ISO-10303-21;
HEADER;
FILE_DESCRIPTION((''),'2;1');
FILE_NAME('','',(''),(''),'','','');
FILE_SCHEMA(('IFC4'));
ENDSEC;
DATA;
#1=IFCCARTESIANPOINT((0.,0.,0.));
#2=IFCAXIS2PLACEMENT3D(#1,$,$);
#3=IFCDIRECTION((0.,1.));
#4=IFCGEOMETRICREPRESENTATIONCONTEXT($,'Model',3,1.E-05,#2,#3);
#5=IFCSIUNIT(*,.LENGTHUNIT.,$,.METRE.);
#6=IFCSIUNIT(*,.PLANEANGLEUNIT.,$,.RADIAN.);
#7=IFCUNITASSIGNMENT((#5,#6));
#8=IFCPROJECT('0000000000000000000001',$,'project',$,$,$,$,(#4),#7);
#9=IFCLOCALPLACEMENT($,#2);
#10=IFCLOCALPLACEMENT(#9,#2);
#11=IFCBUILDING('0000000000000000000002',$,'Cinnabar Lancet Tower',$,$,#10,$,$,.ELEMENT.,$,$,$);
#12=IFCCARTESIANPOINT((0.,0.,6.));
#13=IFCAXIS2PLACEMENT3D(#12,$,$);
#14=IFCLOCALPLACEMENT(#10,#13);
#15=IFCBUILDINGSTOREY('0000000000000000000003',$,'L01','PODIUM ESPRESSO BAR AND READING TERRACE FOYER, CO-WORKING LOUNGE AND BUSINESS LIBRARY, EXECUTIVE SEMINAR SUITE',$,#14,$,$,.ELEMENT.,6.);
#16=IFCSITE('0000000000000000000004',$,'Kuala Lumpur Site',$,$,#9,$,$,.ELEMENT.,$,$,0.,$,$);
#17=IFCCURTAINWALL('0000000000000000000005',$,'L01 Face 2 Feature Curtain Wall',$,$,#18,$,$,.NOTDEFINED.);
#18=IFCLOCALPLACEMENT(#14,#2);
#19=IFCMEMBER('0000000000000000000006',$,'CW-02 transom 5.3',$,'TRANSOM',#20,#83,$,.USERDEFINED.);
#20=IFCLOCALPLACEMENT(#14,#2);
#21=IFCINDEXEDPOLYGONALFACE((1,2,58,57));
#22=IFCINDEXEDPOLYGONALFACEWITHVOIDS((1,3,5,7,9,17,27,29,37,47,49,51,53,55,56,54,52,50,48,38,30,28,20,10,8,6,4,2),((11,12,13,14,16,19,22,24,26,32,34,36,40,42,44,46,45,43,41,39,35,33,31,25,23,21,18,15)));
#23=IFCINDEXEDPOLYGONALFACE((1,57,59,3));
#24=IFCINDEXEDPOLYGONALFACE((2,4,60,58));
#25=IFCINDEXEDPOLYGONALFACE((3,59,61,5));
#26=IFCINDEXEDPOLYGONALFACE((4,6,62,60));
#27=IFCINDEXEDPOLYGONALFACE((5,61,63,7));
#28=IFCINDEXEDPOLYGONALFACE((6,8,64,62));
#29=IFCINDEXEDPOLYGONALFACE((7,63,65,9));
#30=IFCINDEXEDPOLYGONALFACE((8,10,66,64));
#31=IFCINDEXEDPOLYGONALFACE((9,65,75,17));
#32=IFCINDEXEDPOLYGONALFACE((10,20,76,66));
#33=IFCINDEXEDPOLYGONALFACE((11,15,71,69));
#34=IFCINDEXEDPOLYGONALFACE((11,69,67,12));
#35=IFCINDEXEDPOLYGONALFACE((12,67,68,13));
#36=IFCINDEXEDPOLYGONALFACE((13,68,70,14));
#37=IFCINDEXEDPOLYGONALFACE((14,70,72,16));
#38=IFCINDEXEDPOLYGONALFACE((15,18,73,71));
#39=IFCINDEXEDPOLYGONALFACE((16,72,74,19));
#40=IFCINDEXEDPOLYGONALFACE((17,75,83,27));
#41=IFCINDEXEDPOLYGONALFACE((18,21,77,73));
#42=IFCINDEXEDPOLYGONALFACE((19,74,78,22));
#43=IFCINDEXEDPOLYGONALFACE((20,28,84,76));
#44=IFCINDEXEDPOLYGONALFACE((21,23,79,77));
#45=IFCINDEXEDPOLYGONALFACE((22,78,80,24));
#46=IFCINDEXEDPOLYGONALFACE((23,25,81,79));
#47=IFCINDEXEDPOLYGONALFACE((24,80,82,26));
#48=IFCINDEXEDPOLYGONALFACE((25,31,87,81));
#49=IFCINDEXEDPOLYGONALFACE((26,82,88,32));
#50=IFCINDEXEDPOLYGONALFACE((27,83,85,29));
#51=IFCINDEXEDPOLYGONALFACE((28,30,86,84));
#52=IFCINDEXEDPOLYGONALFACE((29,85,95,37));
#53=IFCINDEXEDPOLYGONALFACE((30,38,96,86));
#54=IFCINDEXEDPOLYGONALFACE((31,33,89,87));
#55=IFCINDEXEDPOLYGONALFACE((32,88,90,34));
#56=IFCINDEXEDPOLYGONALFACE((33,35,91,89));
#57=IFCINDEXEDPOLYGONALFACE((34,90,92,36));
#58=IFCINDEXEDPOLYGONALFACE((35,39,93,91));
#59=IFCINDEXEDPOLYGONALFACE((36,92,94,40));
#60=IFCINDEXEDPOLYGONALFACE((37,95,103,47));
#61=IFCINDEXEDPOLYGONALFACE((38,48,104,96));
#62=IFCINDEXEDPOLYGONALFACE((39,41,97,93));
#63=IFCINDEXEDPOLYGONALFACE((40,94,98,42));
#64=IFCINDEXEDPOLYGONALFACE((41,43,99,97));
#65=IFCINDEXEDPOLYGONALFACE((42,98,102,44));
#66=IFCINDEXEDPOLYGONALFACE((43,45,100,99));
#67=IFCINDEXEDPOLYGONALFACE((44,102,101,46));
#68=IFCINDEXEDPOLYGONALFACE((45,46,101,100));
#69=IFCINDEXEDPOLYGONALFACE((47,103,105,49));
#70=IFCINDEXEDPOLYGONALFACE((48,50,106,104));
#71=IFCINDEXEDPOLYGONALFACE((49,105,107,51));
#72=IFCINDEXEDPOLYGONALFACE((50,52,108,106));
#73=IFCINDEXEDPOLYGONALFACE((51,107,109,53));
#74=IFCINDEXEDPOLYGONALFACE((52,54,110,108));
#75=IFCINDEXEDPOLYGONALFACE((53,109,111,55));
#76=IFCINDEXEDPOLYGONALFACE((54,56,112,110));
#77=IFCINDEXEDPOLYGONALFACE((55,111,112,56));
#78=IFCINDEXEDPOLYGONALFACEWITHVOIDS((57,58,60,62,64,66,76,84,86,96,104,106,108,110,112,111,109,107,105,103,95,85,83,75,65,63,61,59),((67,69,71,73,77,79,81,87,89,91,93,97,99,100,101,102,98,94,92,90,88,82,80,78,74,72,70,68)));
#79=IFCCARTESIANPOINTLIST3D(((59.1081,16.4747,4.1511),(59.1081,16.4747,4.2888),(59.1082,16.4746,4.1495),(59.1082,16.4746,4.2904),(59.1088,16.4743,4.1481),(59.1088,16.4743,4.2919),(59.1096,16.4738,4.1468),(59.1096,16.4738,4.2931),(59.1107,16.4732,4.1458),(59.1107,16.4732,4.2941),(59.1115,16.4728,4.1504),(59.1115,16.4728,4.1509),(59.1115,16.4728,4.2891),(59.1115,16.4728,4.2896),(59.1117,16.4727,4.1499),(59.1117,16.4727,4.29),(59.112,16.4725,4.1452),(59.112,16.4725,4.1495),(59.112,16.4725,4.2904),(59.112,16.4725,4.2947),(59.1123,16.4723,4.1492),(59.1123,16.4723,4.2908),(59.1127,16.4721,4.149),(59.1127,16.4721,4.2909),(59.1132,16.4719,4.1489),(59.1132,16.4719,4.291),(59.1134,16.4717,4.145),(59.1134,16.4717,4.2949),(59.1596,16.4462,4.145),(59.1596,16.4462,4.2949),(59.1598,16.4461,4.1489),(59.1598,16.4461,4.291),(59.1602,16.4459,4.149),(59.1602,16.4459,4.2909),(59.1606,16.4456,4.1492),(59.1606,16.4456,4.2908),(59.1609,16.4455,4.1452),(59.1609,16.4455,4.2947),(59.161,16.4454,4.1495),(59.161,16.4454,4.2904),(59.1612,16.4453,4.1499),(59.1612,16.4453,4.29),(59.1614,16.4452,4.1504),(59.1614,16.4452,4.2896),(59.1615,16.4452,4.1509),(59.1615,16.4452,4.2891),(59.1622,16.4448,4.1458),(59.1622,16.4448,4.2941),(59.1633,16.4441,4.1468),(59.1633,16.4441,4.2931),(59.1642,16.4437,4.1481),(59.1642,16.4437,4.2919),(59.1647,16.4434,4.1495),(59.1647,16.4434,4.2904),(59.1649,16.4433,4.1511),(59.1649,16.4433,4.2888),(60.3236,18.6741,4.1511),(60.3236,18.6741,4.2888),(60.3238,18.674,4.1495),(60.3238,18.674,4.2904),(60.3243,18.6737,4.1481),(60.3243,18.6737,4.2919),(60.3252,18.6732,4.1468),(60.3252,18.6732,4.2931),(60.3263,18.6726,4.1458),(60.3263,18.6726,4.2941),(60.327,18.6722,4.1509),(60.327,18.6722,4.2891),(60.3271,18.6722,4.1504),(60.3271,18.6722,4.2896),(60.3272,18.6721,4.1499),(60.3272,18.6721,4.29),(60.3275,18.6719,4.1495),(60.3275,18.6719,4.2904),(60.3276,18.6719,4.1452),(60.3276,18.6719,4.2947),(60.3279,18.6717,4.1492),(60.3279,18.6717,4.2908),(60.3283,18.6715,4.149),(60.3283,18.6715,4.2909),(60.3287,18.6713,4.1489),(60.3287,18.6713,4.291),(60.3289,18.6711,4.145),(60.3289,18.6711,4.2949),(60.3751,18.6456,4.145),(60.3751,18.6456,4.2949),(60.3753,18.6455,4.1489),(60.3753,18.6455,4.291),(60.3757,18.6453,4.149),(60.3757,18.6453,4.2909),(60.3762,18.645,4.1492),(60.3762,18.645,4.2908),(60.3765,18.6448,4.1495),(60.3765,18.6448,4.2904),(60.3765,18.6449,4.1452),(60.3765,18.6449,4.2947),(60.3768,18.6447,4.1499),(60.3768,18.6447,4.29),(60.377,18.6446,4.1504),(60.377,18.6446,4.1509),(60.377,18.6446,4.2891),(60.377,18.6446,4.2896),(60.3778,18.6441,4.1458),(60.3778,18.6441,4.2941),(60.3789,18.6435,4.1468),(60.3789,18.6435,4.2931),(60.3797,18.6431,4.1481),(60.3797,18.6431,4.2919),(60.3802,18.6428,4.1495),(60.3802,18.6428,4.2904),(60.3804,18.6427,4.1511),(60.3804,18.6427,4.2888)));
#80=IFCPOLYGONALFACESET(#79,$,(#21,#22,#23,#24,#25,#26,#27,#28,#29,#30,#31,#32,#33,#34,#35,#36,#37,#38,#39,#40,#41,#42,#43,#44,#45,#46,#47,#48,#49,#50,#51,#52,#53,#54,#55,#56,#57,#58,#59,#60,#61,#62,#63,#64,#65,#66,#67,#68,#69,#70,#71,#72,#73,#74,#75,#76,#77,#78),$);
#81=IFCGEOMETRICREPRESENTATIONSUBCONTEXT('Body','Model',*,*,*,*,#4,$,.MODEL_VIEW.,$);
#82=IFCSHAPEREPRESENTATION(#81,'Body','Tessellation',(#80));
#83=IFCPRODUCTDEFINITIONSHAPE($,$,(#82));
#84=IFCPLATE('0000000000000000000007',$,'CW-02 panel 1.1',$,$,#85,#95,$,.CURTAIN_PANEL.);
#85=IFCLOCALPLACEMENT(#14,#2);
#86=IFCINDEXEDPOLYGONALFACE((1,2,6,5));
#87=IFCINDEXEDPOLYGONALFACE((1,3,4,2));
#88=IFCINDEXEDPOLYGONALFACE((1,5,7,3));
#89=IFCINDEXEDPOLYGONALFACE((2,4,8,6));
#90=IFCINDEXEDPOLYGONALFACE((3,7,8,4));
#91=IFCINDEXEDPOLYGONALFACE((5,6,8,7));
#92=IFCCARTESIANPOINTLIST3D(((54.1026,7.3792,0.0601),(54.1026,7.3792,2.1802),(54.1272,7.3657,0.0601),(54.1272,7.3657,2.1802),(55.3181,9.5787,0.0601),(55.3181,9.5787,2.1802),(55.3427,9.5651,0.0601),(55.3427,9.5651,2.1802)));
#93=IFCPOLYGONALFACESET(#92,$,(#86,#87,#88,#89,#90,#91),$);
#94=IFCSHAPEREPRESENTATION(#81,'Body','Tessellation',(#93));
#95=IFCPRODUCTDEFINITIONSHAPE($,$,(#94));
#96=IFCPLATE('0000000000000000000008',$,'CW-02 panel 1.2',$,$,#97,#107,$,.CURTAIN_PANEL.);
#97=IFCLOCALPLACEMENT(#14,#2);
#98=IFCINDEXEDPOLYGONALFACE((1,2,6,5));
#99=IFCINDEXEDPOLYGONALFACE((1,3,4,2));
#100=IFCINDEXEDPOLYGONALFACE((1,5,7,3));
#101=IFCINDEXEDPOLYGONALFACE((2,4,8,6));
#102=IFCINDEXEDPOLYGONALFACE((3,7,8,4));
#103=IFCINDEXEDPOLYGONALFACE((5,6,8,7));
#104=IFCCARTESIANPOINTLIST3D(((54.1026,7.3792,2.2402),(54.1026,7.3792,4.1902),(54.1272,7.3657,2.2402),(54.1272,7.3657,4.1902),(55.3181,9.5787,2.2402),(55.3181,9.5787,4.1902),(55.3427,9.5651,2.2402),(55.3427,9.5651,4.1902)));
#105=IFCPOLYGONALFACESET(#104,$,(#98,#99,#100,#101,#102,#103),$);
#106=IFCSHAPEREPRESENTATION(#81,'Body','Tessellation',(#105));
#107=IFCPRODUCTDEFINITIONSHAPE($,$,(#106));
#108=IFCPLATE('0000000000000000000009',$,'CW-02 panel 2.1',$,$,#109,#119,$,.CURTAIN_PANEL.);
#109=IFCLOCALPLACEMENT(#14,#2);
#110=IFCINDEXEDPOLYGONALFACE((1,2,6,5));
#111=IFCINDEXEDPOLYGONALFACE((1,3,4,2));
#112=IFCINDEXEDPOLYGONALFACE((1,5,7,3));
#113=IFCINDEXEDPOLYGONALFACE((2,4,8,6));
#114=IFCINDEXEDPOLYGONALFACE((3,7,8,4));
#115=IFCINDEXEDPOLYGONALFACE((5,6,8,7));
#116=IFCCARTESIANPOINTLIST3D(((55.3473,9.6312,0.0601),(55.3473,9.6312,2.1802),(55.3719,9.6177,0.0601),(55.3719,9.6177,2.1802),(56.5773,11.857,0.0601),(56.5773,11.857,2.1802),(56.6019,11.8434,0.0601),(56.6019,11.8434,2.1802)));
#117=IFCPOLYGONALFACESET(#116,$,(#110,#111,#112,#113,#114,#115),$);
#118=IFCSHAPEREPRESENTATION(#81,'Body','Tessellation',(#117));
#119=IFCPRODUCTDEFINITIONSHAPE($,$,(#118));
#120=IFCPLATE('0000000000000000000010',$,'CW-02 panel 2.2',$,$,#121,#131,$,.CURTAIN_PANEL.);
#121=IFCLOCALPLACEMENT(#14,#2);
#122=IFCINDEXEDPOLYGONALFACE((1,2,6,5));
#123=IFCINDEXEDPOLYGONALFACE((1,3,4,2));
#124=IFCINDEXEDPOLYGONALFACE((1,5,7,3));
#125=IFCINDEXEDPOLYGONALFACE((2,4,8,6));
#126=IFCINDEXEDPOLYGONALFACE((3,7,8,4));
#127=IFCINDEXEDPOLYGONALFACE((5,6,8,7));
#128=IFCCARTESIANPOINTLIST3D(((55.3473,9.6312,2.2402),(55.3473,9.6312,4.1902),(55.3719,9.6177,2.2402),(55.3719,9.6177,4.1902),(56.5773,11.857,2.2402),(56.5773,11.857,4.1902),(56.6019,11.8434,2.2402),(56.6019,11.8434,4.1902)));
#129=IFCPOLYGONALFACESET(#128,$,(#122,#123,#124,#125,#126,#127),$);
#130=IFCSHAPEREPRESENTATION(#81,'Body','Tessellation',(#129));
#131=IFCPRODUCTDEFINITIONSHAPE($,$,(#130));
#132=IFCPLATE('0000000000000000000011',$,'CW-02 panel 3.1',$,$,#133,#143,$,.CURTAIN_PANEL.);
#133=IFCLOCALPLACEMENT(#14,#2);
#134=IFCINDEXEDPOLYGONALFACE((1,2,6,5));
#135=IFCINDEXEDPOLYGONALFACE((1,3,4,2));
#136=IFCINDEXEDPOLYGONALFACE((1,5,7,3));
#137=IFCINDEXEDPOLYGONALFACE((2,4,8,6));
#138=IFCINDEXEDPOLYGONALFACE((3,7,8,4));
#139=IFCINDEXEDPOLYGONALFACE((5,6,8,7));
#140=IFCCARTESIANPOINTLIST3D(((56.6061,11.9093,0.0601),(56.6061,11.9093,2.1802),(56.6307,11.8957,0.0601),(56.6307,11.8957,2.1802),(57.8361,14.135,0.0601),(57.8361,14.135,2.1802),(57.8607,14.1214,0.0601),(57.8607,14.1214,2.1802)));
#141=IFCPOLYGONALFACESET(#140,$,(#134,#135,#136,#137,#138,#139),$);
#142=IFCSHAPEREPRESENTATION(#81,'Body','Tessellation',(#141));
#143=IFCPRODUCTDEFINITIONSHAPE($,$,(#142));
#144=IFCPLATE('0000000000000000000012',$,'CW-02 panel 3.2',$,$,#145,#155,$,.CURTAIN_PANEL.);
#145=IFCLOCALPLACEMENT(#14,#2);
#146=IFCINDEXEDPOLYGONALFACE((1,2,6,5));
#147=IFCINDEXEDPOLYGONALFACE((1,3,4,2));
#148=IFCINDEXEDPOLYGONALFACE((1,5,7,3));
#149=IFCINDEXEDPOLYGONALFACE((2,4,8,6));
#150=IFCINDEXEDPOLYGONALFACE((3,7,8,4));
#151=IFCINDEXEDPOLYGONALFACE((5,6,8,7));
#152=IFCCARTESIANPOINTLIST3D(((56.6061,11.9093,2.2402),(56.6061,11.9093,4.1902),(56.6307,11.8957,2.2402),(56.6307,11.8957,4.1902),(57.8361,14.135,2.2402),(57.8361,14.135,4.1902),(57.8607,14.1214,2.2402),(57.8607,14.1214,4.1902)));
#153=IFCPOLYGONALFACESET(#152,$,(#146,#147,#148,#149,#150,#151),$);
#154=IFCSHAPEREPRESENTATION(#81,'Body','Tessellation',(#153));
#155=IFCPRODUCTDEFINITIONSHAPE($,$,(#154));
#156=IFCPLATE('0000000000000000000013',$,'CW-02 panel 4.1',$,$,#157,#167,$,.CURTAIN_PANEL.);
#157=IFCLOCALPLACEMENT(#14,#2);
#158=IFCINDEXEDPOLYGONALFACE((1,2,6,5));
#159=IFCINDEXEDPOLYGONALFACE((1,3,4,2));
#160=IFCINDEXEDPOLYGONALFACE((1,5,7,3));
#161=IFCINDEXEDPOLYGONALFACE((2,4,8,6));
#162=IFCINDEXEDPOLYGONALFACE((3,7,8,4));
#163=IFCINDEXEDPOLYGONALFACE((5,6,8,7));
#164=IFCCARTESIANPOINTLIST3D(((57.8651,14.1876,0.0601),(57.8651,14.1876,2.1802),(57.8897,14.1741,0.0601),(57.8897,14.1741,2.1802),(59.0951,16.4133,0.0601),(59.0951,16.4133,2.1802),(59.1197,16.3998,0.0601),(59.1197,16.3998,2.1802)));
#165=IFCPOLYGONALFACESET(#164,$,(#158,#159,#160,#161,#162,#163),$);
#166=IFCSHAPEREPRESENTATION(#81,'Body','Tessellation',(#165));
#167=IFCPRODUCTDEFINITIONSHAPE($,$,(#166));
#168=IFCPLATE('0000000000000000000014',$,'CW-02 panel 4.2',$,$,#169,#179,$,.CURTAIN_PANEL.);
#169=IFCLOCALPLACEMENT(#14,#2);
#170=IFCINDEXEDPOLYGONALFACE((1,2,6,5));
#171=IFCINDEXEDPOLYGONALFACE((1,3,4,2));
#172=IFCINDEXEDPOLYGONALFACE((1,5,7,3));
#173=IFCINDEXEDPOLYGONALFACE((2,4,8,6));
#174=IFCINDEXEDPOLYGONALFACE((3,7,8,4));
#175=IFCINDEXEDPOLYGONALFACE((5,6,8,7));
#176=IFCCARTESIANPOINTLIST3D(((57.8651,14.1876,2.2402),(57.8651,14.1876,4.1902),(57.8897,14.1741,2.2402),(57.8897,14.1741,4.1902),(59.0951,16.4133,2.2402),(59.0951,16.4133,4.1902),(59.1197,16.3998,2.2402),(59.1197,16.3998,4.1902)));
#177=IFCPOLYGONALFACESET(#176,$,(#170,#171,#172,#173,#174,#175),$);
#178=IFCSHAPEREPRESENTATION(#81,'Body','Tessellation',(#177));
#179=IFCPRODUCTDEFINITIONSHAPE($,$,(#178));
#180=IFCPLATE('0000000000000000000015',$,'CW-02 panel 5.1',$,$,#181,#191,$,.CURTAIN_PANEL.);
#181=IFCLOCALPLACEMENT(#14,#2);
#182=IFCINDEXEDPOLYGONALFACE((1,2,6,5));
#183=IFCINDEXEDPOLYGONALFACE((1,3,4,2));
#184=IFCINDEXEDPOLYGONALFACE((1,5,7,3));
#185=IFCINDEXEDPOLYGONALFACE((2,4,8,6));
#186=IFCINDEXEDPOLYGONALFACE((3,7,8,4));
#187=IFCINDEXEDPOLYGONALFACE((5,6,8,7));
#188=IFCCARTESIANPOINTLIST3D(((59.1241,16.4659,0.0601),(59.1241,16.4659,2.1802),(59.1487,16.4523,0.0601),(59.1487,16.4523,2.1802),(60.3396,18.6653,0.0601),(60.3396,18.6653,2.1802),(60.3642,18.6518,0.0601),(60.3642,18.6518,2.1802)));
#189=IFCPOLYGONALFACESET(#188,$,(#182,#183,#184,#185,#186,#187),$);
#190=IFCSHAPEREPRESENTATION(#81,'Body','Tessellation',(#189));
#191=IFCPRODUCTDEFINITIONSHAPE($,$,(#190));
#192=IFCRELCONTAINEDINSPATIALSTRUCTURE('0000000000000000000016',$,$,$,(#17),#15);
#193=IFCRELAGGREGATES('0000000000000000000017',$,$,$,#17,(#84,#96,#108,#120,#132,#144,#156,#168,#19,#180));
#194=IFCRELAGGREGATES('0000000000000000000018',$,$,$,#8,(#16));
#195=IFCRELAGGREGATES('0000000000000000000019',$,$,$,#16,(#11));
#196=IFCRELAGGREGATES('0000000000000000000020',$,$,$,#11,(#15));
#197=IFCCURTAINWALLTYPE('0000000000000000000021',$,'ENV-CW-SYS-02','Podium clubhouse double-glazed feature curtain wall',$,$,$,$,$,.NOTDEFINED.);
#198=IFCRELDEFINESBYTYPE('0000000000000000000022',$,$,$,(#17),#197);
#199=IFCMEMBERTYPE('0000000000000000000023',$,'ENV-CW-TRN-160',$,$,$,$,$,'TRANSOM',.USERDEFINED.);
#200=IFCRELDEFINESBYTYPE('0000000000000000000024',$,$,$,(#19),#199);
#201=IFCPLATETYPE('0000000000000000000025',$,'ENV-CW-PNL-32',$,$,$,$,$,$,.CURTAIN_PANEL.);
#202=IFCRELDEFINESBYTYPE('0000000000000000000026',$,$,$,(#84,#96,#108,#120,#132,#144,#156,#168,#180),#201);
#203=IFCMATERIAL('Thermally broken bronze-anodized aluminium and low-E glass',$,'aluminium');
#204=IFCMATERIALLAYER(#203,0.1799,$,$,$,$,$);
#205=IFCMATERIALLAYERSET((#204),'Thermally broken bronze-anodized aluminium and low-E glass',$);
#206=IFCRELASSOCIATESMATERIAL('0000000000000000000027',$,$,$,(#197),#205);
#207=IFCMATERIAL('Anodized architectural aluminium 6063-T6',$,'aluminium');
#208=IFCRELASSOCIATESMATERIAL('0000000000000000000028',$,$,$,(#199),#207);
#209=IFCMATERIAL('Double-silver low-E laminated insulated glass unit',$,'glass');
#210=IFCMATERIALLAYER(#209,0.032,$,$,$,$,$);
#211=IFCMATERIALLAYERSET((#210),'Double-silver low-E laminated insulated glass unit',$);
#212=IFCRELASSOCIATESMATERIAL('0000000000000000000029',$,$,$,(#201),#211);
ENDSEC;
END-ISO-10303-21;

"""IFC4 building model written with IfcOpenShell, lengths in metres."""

from ifc_helpers import new_model, si_unit, direction, frame, origin, origin_2d, place, context, subcontext, project, spatial, rectangle, hollow_rectangle, extrude, material, layer, layer_set, material_profile, profile_set, type_object, element, aggregate, save


model = new_model("IFC4")

# Units and contexts
model_context = context("Model", 3, precision=1e-05, world=origin(), true_north=direction((0.0, 1.0)))
body_context = subcontext(model_context, "Body", "Model", "MODEL_VIEW")
ifc_project = project(units=[si_unit("LENGTHUNIT", "METRE"), si_unit("PLANEANGLEUNIT", "RADIAN")], contexts=[model_context])

# Site, building, storey
site_placement = place(None, origin())
site = spatial("IfcSite", under=ifc_project, at=site_placement, Name="Kuala Lumpur Site", CompositionType="ELEMENT", RefElevation=0.0)
building_placement = place(site_placement, origin())
building = spatial("IfcBuilding", under=site, at=building_placement, Name="Cinnabar Lancet Tower", CompositionType="ELEMENT")
storey_placement = place(building_placement, frame((0.0, 0.0, 6.0)))
storey = spatial("IfcBuildingStorey", under=building, at=storey_placement, Name="L01", Description="PODIUM ESPRESSO BAR AND READING TERRACE FOYER, CO-WORKING LOUNGE AND BUSINESS LIBRARY, EXECUTIVE SEMINAR SUITE", CompositionType="ELEMENT", Elevation=6.0)

# Curtain wall, member, plates
ifc_material_1 = material(Name="Thermally broken bronze-anodized aluminium and low-E glass", Category="aluminium")
ifc_layer_1 = layer(ifc_material_1, 0.1799)
ifc_layer_set_1 = layer_set([ifc_layer_1], Name="Thermally broken bronze-anodized aluminium and low-E glass")
curtain_wall_type = type_object("IfcCurtainWallType", Name="ENV-CW-SYS-02", Description="Podium clubhouse double-glazed feature curtain wall", PredefinedType="NOTDEFINED", material=ifc_layer_set_1)
curtain_wall_placement = place(storey_placement, origin())
curtain_wall = element("IfcCurtainWall", 1, at=curtain_wall_placement, inside=storey, type_object=curtain_wall_type, Name="L01 Face 2 Feature Curtain Wall", PredefinedType="NOTDEFINED")
ifc_material_2 = material(Name="Anodized architectural aluminium 6063-T6", Category="aluminium")
ifc_material_profile_1 = material_profile(ifc_material_2, hollow_rectangle(XDim=0.0649, YDim=0.1499, WallThickness=0.0039, InnerFilletRadius=0.002, OuterFilletRadius=0.0061, at=origin_2d()), Name="CW-TRN 150x65x4")
ifc_profile_set_1 = profile_set([ifc_material_profile_1], Name="Anodized architectural aluminium 6063-T6")
member_type_1 = type_object("IfcMemberType", Name="ENV-CW-TRN-160", ElementType="TRANSOM", PredefinedType="USERDEFINED", material=ifc_profile_set_1)
member_1_placement = place(storey_placement, frame((59.1365, 16.459, 4.22), z_axis=(0.483712, 0.875227, 0.0), x_axis=(-0.875227, 0.483712, 0.0)))
member_1 = element("IfcMember", 2, at=member_1_placement, type_object=member_type_1, Name="CW-02 transom 5.3", ObjectType="TRANSOM", PredefinedType="USERDEFINED", context=body_context, shape_type="SweptSolid", body=[
    extrude(hollow_rectangle(XDim=0.0649, YDim=0.1499, WallThickness=0.0039, InnerFilletRadius=0.002, OuterFilletRadius=0.0061, at=origin_2d()), origin(), (0.0, 0.0, 1.0), 2.5129),
])
ifc_material_3 = material(Name="Double-silver low-E laminated insulated glass unit", Category="glass")
ifc_layer_2 = layer(ifc_material_3, 0.032)
ifc_layer_set_2 = layer_set([ifc_layer_2], Name="Double-silver low-E laminated insulated glass unit")
plate_type = type_object("IfcPlateType", Name="ENV-CW-PNL-32", PredefinedType="CURTAIN_PANEL", material=ifc_layer_set_2)
plate_1_placement = place(storey_placement, frame((54.7227, 8.4722, 0.0601), z_axis=(0.0, 0.0, 1.0), x_axis=(0.483685, 0.875242, 0.0)))
plate_1 = element("IfcPlate", 3, at=plate_1_placement, type_object=plate_type, Name="CW-02 panel 1.1", PredefinedType="CURTAIN_PANEL", context=body_context, shape_type="SweptSolid", body=[
    extrude(rectangle(XDim=2.5129, YDim=0.0281, at=origin_2d()), origin(), (0.0, 0.0, 1.0), 2.1201),
])
plate_2_placement = place(storey_placement, frame((54.7227, 8.4722, 2.2402), z_axis=(0.0, 0.0, 1.0), x_axis=(0.483685, 0.875242, 0.0)))
plate_2 = element("IfcPlate", 4, at=plate_2_placement, type_object=plate_type, Name="CW-02 panel 1.2", PredefinedType="CURTAIN_PANEL", context=body_context, shape_type="SweptSolid", body=[
    extrude(rectangle(XDim=2.5129, YDim=0.0281, at=origin_2d()), origin(), (0.0, 0.0, 1.0), 1.95),
])
plate_3_placement = place(storey_placement, frame((55.9746, 10.7373, 0.0601), z_axis=(0.0, 0.0, 1.0), x_axis=(0.483685, 0.875242, 0.0)))
plate_3 = element("IfcPlate", 5, at=plate_3_placement, type_object=plate_type, Name="CW-02 panel 2.1", PredefinedType="CURTAIN_PANEL", context=body_context, shape_type="SweptSolid", body=[
    extrude(rectangle(XDim=2.543, YDim=0.0281, at=origin_2d()), origin(), (0.0, 0.0, 1.0), 2.1201),
])
plate_4_placement = place(storey_placement, frame((55.9746, 10.7373, 2.2402), z_axis=(0.0, 0.0, 1.0), x_axis=(0.483685, 0.875242, 0.0)))
plate_4 = element("IfcPlate", 6, at=plate_4_placement, type_object=plate_type, Name="CW-02 panel 2.2", PredefinedType="CURTAIN_PANEL", context=body_context, shape_type="SweptSolid", body=[
    extrude(rectangle(XDim=2.543, YDim=0.0281, at=origin_2d()), origin(), (0.0, 0.0, 1.0), 1.95),
])
plate_5_placement = place(storey_placement, frame((57.2334, 13.0154, 0.0601), z_axis=(0.0, 0.0, 1.0), x_axis=(0.483685, 0.875242, 0.0)))
plate_5 = element("IfcPlate", 7, at=plate_5_placement, type_object=plate_type, Name="CW-02 panel 3.1", PredefinedType="CURTAIN_PANEL", context=body_context, shape_type="SweptSolid", body=[
    extrude(rectangle(XDim=2.543, YDim=0.0281, at=origin_2d()), origin(), (0.0, 0.0, 1.0), 2.1201),
])
plate_6_placement = place(storey_placement, frame((57.2334, 13.0154, 2.2402), z_axis=(0.0, 0.0, 1.0), x_axis=(0.483685, 0.875242, 0.0)))
plate_6 = element("IfcPlate", 8, at=plate_6_placement, type_object=plate_type, Name="CW-02 panel 3.2", PredefinedType="CURTAIN_PANEL", context=body_context, shape_type="SweptSolid", body=[
    extrude(rectangle(XDim=2.543, YDim=0.0281, at=origin_2d()), origin(), (0.0, 0.0, 1.0), 1.95),
])
plate_7_placement = place(storey_placement, frame((58.4924, 15.2937, 0.0601), z_axis=(0.0, 0.0, 1.0), x_axis=(0.483685, 0.875242, 0.0)))
plate_7 = element("IfcPlate", 9, at=plate_7_placement, type_object=plate_type, Name="CW-02 panel 4.1", PredefinedType="CURTAIN_PANEL", context=body_context, shape_type="SweptSolid", body=[
    extrude(rectangle(XDim=2.543, YDim=0.0281, at=origin_2d()), origin(), (0.0, 0.0, 1.0), 2.1201),
])
plate_8_placement = place(storey_placement, frame((58.4924, 15.2937, 2.2402), z_axis=(0.0, 0.0, 1.0), x_axis=(0.483685, 0.875242, 0.0)))
plate_8 = element("IfcPlate", 10, at=plate_8_placement, type_object=plate_type, Name="CW-02 panel 4.2", PredefinedType="CURTAIN_PANEL", context=body_context, shape_type="SweptSolid", body=[
    extrude(rectangle(XDim=2.543, YDim=0.0281, at=origin_2d()), origin(), (0.0, 0.0, 1.0), 1.95),
])
plate_9_placement = place(storey_placement, frame((59.7441, 17.5588, 0.0601), z_axis=(0.0, 0.0, 1.0), x_axis=(0.483685, 0.875242, 0.0)))
plate_9 = element("IfcPlate", 11, at=plate_9_placement, type_object=plate_type, Name="CW-02 panel 5.1", PredefinedType="CURTAIN_PANEL", context=body_context, shape_type="SweptSolid", body=[
    extrude(rectangle(XDim=2.5129, YDim=0.0281, at=origin_2d()), origin(), (0.0, 0.0, 1.0), 2.1201),
])
aggregate(curtain_wall, [plate_1, plate_2, plate_3, plate_4, plate_5, plate_6, plate_7, plate_8, member_1, plate_9])

save(model, "model.ifc")
